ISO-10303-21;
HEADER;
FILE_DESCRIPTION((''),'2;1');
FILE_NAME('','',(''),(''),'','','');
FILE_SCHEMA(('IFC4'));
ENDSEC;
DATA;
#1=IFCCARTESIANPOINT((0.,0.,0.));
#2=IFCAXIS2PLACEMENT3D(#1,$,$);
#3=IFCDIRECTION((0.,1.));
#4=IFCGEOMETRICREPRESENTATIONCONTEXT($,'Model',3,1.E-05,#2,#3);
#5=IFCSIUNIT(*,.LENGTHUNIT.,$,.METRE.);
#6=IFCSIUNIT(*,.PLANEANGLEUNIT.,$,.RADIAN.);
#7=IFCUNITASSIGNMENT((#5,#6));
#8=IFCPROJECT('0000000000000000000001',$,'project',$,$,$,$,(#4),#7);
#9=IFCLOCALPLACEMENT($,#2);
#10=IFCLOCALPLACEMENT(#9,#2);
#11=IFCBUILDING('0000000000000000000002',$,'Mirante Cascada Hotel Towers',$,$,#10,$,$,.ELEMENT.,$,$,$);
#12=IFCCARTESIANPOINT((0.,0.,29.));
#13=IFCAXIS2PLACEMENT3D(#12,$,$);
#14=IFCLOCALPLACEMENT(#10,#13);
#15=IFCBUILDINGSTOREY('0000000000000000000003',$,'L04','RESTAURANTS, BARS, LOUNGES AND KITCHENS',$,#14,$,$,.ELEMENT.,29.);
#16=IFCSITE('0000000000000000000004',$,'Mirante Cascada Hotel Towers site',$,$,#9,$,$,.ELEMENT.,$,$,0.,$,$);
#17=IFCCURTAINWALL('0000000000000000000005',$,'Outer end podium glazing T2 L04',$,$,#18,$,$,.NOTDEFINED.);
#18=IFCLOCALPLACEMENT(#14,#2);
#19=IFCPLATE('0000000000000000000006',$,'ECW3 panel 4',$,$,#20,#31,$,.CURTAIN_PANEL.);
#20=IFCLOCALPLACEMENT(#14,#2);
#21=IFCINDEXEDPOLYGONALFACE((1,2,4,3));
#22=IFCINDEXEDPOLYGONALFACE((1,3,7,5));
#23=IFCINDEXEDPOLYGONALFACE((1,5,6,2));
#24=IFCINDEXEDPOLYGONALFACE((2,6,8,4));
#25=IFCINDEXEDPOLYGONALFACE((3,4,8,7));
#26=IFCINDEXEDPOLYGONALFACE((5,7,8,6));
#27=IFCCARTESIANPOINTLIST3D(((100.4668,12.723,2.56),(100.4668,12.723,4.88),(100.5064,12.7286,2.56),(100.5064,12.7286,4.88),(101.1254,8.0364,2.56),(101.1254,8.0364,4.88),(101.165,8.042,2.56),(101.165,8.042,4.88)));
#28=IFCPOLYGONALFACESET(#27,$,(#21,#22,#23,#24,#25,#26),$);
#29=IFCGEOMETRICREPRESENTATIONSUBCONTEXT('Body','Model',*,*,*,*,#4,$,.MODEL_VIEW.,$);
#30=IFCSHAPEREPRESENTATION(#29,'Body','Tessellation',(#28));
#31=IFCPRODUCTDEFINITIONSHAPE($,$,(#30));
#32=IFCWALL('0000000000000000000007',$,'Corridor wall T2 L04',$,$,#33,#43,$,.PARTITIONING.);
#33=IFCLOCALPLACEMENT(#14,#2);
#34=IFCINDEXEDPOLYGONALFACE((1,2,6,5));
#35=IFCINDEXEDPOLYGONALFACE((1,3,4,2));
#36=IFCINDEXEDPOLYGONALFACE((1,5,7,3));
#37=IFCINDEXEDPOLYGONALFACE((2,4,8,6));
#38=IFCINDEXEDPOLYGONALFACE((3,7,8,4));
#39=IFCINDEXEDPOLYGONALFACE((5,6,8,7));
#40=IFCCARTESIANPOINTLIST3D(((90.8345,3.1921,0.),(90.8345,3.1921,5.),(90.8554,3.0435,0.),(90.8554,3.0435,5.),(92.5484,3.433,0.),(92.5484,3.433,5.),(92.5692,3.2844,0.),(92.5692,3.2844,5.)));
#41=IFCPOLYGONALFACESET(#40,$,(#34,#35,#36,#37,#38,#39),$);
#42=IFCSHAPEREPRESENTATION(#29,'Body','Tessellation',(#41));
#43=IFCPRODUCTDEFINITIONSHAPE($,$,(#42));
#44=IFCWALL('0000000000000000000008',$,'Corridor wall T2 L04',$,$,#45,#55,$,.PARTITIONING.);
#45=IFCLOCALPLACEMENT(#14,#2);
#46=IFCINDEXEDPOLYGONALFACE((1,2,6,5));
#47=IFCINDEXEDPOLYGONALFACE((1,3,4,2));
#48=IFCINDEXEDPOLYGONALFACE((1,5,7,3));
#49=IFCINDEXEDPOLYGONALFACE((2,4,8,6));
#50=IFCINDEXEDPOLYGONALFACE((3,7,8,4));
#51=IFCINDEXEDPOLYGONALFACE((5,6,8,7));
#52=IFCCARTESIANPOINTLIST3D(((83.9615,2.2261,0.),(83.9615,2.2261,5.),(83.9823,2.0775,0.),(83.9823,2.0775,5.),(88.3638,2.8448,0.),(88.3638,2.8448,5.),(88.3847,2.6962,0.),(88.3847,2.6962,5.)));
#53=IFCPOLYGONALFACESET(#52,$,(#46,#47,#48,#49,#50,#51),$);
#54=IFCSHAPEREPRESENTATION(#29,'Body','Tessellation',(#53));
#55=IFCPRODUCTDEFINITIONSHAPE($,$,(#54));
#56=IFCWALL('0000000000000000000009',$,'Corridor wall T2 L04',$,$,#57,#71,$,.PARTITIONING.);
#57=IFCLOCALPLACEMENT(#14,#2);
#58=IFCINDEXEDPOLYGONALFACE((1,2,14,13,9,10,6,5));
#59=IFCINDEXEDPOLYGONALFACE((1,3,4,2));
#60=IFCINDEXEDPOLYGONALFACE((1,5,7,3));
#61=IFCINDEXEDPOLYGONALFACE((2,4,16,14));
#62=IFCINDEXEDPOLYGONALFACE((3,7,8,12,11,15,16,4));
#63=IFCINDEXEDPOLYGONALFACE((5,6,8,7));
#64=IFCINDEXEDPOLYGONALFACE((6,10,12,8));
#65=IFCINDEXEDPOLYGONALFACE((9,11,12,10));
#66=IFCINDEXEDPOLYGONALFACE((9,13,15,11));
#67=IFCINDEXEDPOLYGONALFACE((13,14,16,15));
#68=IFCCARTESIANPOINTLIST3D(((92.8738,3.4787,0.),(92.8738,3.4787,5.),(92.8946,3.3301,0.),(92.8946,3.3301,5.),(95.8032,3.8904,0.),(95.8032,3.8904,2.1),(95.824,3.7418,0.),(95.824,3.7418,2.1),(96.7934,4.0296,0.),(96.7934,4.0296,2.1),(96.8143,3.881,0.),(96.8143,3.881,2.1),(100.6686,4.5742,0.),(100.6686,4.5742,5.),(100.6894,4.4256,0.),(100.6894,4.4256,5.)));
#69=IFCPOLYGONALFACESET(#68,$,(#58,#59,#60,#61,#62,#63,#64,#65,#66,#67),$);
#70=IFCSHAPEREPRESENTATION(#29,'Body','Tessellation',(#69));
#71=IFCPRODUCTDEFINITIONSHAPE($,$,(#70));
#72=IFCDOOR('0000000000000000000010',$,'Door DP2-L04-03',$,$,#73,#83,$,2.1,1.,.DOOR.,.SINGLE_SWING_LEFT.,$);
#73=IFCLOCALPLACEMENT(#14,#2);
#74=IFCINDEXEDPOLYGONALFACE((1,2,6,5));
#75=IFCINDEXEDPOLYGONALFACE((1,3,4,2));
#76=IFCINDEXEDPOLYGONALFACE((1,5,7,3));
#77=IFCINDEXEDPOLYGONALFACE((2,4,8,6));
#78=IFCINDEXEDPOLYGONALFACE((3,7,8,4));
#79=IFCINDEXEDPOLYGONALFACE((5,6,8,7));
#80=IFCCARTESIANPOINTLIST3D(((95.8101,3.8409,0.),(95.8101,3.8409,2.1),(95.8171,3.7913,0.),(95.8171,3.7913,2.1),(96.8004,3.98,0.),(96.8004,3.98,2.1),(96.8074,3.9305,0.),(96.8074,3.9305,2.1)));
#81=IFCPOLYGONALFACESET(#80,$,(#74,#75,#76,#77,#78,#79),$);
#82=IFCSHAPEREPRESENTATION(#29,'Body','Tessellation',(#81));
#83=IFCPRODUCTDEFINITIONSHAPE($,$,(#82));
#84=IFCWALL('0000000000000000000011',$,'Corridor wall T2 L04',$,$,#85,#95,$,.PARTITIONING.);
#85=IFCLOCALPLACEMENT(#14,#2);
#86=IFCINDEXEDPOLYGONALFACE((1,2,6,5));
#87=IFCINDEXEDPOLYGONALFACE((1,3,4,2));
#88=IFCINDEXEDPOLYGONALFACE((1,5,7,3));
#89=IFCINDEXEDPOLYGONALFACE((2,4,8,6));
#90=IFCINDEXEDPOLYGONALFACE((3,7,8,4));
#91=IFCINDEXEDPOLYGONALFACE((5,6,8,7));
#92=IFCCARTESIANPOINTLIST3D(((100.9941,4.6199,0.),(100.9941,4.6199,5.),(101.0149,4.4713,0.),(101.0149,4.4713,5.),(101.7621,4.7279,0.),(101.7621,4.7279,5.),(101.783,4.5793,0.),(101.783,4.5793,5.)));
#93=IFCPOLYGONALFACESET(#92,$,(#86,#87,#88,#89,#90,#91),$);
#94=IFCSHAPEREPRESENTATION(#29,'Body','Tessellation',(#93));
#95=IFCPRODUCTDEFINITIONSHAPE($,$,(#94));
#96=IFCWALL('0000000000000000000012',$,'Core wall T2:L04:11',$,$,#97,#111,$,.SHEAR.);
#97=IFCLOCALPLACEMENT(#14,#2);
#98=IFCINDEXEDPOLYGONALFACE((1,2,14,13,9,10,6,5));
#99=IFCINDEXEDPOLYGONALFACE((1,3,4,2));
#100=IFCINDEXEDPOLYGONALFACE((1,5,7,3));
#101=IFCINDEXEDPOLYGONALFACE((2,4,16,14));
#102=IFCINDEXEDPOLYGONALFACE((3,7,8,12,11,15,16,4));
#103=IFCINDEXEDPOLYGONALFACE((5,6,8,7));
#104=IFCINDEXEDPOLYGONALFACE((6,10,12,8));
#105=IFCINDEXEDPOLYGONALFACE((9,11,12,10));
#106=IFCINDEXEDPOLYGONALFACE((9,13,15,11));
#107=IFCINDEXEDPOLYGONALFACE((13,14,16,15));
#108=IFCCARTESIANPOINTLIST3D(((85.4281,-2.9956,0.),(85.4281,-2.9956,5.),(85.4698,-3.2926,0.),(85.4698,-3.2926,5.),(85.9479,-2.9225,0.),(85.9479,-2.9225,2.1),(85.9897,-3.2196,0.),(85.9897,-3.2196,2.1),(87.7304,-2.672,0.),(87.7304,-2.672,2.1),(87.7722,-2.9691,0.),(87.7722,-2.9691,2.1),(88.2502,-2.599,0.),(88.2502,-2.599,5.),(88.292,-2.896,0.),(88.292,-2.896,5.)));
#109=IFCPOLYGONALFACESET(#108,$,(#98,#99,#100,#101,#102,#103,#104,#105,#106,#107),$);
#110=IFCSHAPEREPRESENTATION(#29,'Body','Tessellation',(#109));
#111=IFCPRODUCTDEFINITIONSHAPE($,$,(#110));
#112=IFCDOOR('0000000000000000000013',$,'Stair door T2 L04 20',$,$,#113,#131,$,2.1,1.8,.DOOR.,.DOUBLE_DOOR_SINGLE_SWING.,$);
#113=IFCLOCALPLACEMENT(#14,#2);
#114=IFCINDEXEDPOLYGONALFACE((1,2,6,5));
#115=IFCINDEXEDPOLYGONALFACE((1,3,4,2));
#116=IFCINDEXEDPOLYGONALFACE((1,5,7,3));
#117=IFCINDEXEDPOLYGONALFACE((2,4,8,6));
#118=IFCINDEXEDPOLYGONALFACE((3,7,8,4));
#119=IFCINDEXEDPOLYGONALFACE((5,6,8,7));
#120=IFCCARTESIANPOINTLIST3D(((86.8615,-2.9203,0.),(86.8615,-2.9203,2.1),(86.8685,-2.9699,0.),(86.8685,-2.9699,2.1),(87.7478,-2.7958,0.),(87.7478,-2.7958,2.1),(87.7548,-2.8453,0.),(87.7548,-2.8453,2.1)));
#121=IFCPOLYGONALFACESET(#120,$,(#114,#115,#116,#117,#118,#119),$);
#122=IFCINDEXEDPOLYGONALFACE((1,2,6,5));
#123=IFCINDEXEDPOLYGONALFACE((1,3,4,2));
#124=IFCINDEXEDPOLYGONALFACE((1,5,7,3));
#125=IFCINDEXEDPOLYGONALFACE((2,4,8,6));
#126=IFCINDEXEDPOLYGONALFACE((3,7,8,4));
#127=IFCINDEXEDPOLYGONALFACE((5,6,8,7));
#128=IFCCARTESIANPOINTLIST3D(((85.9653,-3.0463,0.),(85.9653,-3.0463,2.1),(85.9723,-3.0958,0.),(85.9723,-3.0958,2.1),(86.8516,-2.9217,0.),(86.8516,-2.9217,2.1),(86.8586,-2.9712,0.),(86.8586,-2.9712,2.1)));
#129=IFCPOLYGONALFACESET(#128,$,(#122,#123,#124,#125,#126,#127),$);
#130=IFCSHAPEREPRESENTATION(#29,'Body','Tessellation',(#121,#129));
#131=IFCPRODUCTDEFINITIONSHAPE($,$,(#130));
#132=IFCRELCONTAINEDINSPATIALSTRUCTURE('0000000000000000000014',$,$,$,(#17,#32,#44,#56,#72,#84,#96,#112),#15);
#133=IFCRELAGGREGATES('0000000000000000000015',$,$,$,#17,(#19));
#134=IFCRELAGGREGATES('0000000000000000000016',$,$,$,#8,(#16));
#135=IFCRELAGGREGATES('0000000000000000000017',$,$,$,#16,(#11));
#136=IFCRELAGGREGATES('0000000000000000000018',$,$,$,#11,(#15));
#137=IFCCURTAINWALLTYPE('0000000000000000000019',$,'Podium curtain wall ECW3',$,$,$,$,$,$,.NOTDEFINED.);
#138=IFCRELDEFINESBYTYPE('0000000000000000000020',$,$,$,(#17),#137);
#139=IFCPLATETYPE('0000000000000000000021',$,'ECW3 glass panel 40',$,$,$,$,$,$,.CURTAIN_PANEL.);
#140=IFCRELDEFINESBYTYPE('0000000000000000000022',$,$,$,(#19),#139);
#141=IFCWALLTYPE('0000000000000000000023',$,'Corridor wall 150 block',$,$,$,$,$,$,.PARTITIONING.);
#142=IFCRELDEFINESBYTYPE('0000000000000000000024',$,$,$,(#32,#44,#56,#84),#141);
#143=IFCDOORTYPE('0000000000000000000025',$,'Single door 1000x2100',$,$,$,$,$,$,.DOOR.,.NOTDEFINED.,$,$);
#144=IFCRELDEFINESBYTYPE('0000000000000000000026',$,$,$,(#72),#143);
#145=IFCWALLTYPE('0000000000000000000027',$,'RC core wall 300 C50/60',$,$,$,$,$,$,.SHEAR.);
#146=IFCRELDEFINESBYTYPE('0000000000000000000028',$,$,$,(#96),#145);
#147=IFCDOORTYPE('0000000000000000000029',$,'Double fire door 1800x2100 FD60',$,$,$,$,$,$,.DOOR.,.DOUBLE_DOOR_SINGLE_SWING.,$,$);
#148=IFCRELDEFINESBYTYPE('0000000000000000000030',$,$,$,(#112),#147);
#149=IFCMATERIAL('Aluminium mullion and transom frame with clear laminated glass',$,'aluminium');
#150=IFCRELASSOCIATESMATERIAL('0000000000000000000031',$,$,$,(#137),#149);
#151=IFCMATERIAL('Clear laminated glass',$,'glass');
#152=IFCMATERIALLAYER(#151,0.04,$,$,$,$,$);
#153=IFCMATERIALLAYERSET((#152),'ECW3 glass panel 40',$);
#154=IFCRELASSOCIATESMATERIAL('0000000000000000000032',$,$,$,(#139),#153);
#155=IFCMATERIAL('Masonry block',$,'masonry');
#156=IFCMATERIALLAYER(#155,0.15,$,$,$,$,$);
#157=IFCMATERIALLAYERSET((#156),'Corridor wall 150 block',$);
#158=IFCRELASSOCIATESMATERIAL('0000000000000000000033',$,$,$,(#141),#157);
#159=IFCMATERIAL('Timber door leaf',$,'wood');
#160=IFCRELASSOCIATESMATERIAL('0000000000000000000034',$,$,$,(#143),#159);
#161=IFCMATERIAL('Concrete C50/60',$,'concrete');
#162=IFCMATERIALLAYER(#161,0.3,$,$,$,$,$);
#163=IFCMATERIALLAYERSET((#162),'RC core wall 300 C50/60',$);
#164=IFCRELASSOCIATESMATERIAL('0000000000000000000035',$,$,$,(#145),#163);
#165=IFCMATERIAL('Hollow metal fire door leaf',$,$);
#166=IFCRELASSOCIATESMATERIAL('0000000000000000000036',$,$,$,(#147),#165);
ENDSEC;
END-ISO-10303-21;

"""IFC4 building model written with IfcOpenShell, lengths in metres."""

from ifc_helpers import new_model, si_unit, direction, frame, frame_2d, origin, origin_2d, place, context, subcontext, project, spatial, rectangle, extrude, material, layer, layer_set, type_object, element, fill, aggregate, save


model = new_model("IFC4")

# Units and contexts
model_context = context("Model", 3, precision=1e-05, world=origin(), true_north=direction((0.0, 1.0)))
body_context = subcontext(model_context, "Body", "Model", "MODEL_VIEW")
ifc_project = project(units=[si_unit("LENGTHUNIT", "METRE"), si_unit("PLANEANGLEUNIT", "RADIAN")], contexts=[model_context])

# Site, building, storey
site_placement = place(None, origin())
site = spatial("IfcSite", under=ifc_project, at=site_placement, Name="Mirante Cascada Hotel Towers site", CompositionType="ELEMENT", RefElevation=0.0)
building_placement = place(site_placement, origin())
building = spatial("IfcBuilding", under=site, at=building_placement, Name="Mirante Cascada Hotel Towers", CompositionType="ELEMENT")
storey_placement = place(building_placement, frame((0.0, 0.0, 29.0)))
storey = spatial("IfcBuildingStorey", under=building, at=storey_placement, Name="L04", Description="RESTAURANTS, BARS, LOUNGES AND KITCHENS", CompositionType="ELEMENT", Elevation=29.0)

# Curtain wall, plate
ifc_material_1 = material(Name="Aluminium mullion and transom frame with clear laminated glass", Category="aluminium")
curtain_wall_type = type_object("IfcCurtainWallType", Name="Podium curtain wall ECW3", PredefinedType="NOTDEFINED", material=ifc_material_1)
curtain_wall_placement = place(storey_placement, origin())
curtain_wall = element("IfcCurtainWall", 1, at=curtain_wall_placement, inside=storey, type_object=curtain_wall_type, Name="Outer end podium glazing T2 L04", PredefinedType="NOTDEFINED")
ifc_material_2 = material(Name="Clear laminated glass", Category="glass")
ifc_layer_1 = layer(ifc_material_2, 0.04)
ifc_layer_set_1 = layer_set([ifc_layer_1], Name="ECW3 glass panel 40")
plate_type = type_object("IfcPlateType", Name="ECW3 glass panel 40", PredefinedType="CURTAIN_PANEL", material=ifc_layer_set_1)
plate_1_placement = place(storey_placement, frame((100.8159, 10.3825, 2.56), z_axis=(0.0, 0.0, 1.0), x_axis=(-0.139173, 0.990268, 0.0)))
plate_1 = element("IfcPlate", 2, at=plate_1_placement, type_object=plate_type, Name="ECW3 panel 4", PredefinedType="CURTAIN_PANEL", context=body_context, shape_type="SweptSolid", body=[
    extrude(rectangle(XDim=4.7326, YDim=0.04, at=origin_2d()), origin(), (0.0, 0.0, 1.0), 2.32),
])
aggregate(curtain_wall, [plate_1])

# Walls
ifc_material_3 = material(Name="Masonry block", Category="masonry")
ifc_layer_2 = layer(ifc_material_3, 0.15)
ifc_layer_set_2 = layer_set([ifc_layer_2], Name="Corridor wall 150 block")
wall_type_1 = type_object("IfcWallType", Name="Corridor wall 150 block", PredefinedType="PARTITIONING", material=ifc_layer_set_2)
wall_1_placement = place(storey_placement, frame((90.8449, 3.1178, 0.0), z_axis=(0.0, 0.0, 1.0), x_axis=(0.990266, 0.139188, 0.0)))
element("IfcWall", 3, at=wall_1_placement, inside=storey, type_object=wall_type_1, Name="Corridor wall T2 L04", PredefinedType="PARTITIONING", context=body_context, shape_type="SweptSolid", body=[
    extrude(rectangle(XDim=1.7307, YDim=0.15, at=frame_2d((0.8654, 0.0))), origin(), (0.0, 0.0, 1.0), 5.0),
])
wall_2_placement = place(storey_placement, frame((83.9719, 2.1518, 0.0), z_axis=(0.0, 0.0, 1.0), x_axis=(0.990268, 0.139173, 0.0)))
element("IfcWall", 4, at=wall_2_placement, inside=storey, type_object=wall_type_1, Name="Corridor wall T2 L04", PredefinedType="PARTITIONING", context=body_context, shape_type="SweptSolid", body=[
    extrude(rectangle(XDim=4.4456, YDim=0.15, at=frame_2d((2.2228, 0.0))), origin(), (0.0, 0.0, 1.0), 5.0),
])

# Wall, opening, door
wall_3_placement = place(storey_placement, frame((92.8842, 3.4044, 0.0), z_axis=(0.0, 0.0, 1.0), x_axis=(0.990268, 0.139175, 0.0)))
wall_3 = element("IfcWall", 5, at=wall_3_placement, inside=storey, type_object=wall_type_1, Name="Corridor wall T2 L04", PredefinedType="PARTITIONING", context=body_context, shape_type="SweptSolid", body=[
    extrude(rectangle(XDim=7.8714, YDim=0.15, at=frame_2d((3.9357, 0.0))), origin(), (0.0, 0.0, 1.0), 5.0),
])
opening_1_placement = place(wall_3_placement, frame((2.9582, 0.0, 0.0)))
opening_1 = element("IfcOpeningElement", 6, at=opening_1_placement, cuts=wall_3, PredefinedType="OPENING", context=body_context, shape_type="SweptSolid", body=[
    extrude(rectangle(XDim=1.0, YDim=2.1, at=frame_2d((0.5, 1.05))), frame((0.0, 0.075, 0.0), z_axis=(0.0, -1.0, 0.0), x_axis=(1.0, 0.0, 0.0)), (0.0, 0.0, 1.0), 0.15),
])
ifc_material_4 = material(Name="Timber door leaf", Category="wood")
door_type_1 = type_object("IfcDoorType", Name="Single door 1000x2100", OperationType="NOTDEFINED", PredefinedType="DOOR", material=ifc_material_4)
door_1_placement = place(opening_1_placement, origin())
door_1 = element("IfcDoor", 7, at=door_1_placement, inside=storey, type_object=door_type_1, Name="Door DP2-L04-03", OperationType="SINGLE_SWING_LEFT", OverallHeight=2.1, OverallWidth=1.0, PredefinedType="DOOR", context=body_context, shape_type="SweptSolid", body=[
    extrude(rectangle(XDim=1.0, YDim=2.1, at=frame_2d((0.5, 1.05))), frame((0.0, 0.025, 0.0), z_axis=(0.0, -1.0, 0.0), x_axis=(1.0, 0.0, 0.0)), (0.0, 0.0, 1.0), 0.05),
])
fill(opening_1, door_1)

# Wall
wall_4_placement = place(storey_placement, frame((101.0045, 4.5456, 0.0), z_axis=(0.0, 0.0, 1.0), x_axis=(0.990257, 0.139255, 0.0)))
element("IfcWall", 8, at=wall_4_placement, inside=storey, type_object=wall_type_1, Name="Corridor wall T2 L04", PredefinedType="PARTITIONING", context=body_context, shape_type="SweptSolid", body=[
    extrude(rectangle(XDim=0.7756, YDim=0.15, at=frame_2d((0.3878, 0.0))), origin(), (0.0, 0.0, 1.0), 5.0),
])

# Wall, opening, door
ifc_material_5 = material(Name="Concrete C50/60", Category="concrete")
ifc_layer_3 = layer(ifc_material_5, 0.3)
ifc_layer_set_3 = layer_set([ifc_layer_3], Name="RC core wall 300 C50/60")
wall_type_2 = type_object("IfcWallType", Name="RC core wall 300 C50/60", PredefinedType="SHEAR", material=ifc_layer_set_3)
wall_5_placement = place(storey_placement, frame((85.4489, -3.1441, 0.0), z_axis=(0.0, 0.0, 1.0), x_axis=(0.99027, 0.139161, 0.0)))
wall_5 = element("IfcWall", 9, at=wall_5_placement, inside=storey, type_object=wall_type_2, Name="Core wall T2:L04:11", PredefinedType="SHEAR", context=body_context, shape_type="SweptSolid", body=[
    extrude(rectangle(XDim=2.8499, YDim=0.3, at=frame_2d((1.425, 0.0))), origin(), (0.0, 0.0, 1.0), 5.0),
])
opening_2_placement = place(wall_5_placement, frame((0.525, 0.0, 0.0)))
opening_2 = element("IfcOpeningElement", 10, at=opening_2_placement, cuts=wall_5, PredefinedType="OPENING", context=body_context, shape_type="SweptSolid", body=[
    extrude(rectangle(XDim=1.8, YDim=2.1, at=frame_2d((0.9, 1.05))), frame((0.0, 0.15, 0.0), z_axis=(0.0, -1.0, 0.0), x_axis=(1.0, 0.0, 0.0)), (0.0, 0.0, 1.0), 0.3),
])
ifc_material_6 = material(Name="Hollow metal fire door leaf")
door_type_2 = type_object("IfcDoorType", Name="Double fire door 1800x2100 FD60", OperationType="DOUBLE_DOOR_SINGLE_SWING", PredefinedType="DOOR", material=ifc_material_6)
door_2_placement = place(opening_2_placement, frame((1.8, 0.0, 0.0), z_axis=(0.0, 0.0, 1.0), x_axis=(-1.0, 0.0, 0.0)))
door_2 = element("IfcDoor", 11, at=door_2_placement, inside=storey, type_object=door_type_2, Name="Stair door T2 L04 20", OperationType="DOUBLE_DOOR_SINGLE_SWING", OverallHeight=2.1, OverallWidth=1.8, PredefinedType="DOOR", context=body_context, shape_type="SweptSolid", body=[
    extrude(rectangle(XDim=0.895, YDim=2.1, at=frame_2d((0.4475, 1.05))), frame((0.0, 0.025, 0.0), z_axis=(0.0, -1.0, 0.0), x_axis=(1.0, 0.0, 0.0)), (0.0, 0.0, 1.0), 0.05),
    extrude(rectangle(XDim=0.895, YDim=2.1, at=frame_2d((1.3525, 1.05))), frame((0.0, 0.025, 0.0), z_axis=(0.0, -1.0, 0.0), x_axis=(1.0, 0.0, 0.0)), (0.0, 0.0, 1.0), 0.05),
])
fill(opening_2, door_2)

save(model, "model.ifc")
